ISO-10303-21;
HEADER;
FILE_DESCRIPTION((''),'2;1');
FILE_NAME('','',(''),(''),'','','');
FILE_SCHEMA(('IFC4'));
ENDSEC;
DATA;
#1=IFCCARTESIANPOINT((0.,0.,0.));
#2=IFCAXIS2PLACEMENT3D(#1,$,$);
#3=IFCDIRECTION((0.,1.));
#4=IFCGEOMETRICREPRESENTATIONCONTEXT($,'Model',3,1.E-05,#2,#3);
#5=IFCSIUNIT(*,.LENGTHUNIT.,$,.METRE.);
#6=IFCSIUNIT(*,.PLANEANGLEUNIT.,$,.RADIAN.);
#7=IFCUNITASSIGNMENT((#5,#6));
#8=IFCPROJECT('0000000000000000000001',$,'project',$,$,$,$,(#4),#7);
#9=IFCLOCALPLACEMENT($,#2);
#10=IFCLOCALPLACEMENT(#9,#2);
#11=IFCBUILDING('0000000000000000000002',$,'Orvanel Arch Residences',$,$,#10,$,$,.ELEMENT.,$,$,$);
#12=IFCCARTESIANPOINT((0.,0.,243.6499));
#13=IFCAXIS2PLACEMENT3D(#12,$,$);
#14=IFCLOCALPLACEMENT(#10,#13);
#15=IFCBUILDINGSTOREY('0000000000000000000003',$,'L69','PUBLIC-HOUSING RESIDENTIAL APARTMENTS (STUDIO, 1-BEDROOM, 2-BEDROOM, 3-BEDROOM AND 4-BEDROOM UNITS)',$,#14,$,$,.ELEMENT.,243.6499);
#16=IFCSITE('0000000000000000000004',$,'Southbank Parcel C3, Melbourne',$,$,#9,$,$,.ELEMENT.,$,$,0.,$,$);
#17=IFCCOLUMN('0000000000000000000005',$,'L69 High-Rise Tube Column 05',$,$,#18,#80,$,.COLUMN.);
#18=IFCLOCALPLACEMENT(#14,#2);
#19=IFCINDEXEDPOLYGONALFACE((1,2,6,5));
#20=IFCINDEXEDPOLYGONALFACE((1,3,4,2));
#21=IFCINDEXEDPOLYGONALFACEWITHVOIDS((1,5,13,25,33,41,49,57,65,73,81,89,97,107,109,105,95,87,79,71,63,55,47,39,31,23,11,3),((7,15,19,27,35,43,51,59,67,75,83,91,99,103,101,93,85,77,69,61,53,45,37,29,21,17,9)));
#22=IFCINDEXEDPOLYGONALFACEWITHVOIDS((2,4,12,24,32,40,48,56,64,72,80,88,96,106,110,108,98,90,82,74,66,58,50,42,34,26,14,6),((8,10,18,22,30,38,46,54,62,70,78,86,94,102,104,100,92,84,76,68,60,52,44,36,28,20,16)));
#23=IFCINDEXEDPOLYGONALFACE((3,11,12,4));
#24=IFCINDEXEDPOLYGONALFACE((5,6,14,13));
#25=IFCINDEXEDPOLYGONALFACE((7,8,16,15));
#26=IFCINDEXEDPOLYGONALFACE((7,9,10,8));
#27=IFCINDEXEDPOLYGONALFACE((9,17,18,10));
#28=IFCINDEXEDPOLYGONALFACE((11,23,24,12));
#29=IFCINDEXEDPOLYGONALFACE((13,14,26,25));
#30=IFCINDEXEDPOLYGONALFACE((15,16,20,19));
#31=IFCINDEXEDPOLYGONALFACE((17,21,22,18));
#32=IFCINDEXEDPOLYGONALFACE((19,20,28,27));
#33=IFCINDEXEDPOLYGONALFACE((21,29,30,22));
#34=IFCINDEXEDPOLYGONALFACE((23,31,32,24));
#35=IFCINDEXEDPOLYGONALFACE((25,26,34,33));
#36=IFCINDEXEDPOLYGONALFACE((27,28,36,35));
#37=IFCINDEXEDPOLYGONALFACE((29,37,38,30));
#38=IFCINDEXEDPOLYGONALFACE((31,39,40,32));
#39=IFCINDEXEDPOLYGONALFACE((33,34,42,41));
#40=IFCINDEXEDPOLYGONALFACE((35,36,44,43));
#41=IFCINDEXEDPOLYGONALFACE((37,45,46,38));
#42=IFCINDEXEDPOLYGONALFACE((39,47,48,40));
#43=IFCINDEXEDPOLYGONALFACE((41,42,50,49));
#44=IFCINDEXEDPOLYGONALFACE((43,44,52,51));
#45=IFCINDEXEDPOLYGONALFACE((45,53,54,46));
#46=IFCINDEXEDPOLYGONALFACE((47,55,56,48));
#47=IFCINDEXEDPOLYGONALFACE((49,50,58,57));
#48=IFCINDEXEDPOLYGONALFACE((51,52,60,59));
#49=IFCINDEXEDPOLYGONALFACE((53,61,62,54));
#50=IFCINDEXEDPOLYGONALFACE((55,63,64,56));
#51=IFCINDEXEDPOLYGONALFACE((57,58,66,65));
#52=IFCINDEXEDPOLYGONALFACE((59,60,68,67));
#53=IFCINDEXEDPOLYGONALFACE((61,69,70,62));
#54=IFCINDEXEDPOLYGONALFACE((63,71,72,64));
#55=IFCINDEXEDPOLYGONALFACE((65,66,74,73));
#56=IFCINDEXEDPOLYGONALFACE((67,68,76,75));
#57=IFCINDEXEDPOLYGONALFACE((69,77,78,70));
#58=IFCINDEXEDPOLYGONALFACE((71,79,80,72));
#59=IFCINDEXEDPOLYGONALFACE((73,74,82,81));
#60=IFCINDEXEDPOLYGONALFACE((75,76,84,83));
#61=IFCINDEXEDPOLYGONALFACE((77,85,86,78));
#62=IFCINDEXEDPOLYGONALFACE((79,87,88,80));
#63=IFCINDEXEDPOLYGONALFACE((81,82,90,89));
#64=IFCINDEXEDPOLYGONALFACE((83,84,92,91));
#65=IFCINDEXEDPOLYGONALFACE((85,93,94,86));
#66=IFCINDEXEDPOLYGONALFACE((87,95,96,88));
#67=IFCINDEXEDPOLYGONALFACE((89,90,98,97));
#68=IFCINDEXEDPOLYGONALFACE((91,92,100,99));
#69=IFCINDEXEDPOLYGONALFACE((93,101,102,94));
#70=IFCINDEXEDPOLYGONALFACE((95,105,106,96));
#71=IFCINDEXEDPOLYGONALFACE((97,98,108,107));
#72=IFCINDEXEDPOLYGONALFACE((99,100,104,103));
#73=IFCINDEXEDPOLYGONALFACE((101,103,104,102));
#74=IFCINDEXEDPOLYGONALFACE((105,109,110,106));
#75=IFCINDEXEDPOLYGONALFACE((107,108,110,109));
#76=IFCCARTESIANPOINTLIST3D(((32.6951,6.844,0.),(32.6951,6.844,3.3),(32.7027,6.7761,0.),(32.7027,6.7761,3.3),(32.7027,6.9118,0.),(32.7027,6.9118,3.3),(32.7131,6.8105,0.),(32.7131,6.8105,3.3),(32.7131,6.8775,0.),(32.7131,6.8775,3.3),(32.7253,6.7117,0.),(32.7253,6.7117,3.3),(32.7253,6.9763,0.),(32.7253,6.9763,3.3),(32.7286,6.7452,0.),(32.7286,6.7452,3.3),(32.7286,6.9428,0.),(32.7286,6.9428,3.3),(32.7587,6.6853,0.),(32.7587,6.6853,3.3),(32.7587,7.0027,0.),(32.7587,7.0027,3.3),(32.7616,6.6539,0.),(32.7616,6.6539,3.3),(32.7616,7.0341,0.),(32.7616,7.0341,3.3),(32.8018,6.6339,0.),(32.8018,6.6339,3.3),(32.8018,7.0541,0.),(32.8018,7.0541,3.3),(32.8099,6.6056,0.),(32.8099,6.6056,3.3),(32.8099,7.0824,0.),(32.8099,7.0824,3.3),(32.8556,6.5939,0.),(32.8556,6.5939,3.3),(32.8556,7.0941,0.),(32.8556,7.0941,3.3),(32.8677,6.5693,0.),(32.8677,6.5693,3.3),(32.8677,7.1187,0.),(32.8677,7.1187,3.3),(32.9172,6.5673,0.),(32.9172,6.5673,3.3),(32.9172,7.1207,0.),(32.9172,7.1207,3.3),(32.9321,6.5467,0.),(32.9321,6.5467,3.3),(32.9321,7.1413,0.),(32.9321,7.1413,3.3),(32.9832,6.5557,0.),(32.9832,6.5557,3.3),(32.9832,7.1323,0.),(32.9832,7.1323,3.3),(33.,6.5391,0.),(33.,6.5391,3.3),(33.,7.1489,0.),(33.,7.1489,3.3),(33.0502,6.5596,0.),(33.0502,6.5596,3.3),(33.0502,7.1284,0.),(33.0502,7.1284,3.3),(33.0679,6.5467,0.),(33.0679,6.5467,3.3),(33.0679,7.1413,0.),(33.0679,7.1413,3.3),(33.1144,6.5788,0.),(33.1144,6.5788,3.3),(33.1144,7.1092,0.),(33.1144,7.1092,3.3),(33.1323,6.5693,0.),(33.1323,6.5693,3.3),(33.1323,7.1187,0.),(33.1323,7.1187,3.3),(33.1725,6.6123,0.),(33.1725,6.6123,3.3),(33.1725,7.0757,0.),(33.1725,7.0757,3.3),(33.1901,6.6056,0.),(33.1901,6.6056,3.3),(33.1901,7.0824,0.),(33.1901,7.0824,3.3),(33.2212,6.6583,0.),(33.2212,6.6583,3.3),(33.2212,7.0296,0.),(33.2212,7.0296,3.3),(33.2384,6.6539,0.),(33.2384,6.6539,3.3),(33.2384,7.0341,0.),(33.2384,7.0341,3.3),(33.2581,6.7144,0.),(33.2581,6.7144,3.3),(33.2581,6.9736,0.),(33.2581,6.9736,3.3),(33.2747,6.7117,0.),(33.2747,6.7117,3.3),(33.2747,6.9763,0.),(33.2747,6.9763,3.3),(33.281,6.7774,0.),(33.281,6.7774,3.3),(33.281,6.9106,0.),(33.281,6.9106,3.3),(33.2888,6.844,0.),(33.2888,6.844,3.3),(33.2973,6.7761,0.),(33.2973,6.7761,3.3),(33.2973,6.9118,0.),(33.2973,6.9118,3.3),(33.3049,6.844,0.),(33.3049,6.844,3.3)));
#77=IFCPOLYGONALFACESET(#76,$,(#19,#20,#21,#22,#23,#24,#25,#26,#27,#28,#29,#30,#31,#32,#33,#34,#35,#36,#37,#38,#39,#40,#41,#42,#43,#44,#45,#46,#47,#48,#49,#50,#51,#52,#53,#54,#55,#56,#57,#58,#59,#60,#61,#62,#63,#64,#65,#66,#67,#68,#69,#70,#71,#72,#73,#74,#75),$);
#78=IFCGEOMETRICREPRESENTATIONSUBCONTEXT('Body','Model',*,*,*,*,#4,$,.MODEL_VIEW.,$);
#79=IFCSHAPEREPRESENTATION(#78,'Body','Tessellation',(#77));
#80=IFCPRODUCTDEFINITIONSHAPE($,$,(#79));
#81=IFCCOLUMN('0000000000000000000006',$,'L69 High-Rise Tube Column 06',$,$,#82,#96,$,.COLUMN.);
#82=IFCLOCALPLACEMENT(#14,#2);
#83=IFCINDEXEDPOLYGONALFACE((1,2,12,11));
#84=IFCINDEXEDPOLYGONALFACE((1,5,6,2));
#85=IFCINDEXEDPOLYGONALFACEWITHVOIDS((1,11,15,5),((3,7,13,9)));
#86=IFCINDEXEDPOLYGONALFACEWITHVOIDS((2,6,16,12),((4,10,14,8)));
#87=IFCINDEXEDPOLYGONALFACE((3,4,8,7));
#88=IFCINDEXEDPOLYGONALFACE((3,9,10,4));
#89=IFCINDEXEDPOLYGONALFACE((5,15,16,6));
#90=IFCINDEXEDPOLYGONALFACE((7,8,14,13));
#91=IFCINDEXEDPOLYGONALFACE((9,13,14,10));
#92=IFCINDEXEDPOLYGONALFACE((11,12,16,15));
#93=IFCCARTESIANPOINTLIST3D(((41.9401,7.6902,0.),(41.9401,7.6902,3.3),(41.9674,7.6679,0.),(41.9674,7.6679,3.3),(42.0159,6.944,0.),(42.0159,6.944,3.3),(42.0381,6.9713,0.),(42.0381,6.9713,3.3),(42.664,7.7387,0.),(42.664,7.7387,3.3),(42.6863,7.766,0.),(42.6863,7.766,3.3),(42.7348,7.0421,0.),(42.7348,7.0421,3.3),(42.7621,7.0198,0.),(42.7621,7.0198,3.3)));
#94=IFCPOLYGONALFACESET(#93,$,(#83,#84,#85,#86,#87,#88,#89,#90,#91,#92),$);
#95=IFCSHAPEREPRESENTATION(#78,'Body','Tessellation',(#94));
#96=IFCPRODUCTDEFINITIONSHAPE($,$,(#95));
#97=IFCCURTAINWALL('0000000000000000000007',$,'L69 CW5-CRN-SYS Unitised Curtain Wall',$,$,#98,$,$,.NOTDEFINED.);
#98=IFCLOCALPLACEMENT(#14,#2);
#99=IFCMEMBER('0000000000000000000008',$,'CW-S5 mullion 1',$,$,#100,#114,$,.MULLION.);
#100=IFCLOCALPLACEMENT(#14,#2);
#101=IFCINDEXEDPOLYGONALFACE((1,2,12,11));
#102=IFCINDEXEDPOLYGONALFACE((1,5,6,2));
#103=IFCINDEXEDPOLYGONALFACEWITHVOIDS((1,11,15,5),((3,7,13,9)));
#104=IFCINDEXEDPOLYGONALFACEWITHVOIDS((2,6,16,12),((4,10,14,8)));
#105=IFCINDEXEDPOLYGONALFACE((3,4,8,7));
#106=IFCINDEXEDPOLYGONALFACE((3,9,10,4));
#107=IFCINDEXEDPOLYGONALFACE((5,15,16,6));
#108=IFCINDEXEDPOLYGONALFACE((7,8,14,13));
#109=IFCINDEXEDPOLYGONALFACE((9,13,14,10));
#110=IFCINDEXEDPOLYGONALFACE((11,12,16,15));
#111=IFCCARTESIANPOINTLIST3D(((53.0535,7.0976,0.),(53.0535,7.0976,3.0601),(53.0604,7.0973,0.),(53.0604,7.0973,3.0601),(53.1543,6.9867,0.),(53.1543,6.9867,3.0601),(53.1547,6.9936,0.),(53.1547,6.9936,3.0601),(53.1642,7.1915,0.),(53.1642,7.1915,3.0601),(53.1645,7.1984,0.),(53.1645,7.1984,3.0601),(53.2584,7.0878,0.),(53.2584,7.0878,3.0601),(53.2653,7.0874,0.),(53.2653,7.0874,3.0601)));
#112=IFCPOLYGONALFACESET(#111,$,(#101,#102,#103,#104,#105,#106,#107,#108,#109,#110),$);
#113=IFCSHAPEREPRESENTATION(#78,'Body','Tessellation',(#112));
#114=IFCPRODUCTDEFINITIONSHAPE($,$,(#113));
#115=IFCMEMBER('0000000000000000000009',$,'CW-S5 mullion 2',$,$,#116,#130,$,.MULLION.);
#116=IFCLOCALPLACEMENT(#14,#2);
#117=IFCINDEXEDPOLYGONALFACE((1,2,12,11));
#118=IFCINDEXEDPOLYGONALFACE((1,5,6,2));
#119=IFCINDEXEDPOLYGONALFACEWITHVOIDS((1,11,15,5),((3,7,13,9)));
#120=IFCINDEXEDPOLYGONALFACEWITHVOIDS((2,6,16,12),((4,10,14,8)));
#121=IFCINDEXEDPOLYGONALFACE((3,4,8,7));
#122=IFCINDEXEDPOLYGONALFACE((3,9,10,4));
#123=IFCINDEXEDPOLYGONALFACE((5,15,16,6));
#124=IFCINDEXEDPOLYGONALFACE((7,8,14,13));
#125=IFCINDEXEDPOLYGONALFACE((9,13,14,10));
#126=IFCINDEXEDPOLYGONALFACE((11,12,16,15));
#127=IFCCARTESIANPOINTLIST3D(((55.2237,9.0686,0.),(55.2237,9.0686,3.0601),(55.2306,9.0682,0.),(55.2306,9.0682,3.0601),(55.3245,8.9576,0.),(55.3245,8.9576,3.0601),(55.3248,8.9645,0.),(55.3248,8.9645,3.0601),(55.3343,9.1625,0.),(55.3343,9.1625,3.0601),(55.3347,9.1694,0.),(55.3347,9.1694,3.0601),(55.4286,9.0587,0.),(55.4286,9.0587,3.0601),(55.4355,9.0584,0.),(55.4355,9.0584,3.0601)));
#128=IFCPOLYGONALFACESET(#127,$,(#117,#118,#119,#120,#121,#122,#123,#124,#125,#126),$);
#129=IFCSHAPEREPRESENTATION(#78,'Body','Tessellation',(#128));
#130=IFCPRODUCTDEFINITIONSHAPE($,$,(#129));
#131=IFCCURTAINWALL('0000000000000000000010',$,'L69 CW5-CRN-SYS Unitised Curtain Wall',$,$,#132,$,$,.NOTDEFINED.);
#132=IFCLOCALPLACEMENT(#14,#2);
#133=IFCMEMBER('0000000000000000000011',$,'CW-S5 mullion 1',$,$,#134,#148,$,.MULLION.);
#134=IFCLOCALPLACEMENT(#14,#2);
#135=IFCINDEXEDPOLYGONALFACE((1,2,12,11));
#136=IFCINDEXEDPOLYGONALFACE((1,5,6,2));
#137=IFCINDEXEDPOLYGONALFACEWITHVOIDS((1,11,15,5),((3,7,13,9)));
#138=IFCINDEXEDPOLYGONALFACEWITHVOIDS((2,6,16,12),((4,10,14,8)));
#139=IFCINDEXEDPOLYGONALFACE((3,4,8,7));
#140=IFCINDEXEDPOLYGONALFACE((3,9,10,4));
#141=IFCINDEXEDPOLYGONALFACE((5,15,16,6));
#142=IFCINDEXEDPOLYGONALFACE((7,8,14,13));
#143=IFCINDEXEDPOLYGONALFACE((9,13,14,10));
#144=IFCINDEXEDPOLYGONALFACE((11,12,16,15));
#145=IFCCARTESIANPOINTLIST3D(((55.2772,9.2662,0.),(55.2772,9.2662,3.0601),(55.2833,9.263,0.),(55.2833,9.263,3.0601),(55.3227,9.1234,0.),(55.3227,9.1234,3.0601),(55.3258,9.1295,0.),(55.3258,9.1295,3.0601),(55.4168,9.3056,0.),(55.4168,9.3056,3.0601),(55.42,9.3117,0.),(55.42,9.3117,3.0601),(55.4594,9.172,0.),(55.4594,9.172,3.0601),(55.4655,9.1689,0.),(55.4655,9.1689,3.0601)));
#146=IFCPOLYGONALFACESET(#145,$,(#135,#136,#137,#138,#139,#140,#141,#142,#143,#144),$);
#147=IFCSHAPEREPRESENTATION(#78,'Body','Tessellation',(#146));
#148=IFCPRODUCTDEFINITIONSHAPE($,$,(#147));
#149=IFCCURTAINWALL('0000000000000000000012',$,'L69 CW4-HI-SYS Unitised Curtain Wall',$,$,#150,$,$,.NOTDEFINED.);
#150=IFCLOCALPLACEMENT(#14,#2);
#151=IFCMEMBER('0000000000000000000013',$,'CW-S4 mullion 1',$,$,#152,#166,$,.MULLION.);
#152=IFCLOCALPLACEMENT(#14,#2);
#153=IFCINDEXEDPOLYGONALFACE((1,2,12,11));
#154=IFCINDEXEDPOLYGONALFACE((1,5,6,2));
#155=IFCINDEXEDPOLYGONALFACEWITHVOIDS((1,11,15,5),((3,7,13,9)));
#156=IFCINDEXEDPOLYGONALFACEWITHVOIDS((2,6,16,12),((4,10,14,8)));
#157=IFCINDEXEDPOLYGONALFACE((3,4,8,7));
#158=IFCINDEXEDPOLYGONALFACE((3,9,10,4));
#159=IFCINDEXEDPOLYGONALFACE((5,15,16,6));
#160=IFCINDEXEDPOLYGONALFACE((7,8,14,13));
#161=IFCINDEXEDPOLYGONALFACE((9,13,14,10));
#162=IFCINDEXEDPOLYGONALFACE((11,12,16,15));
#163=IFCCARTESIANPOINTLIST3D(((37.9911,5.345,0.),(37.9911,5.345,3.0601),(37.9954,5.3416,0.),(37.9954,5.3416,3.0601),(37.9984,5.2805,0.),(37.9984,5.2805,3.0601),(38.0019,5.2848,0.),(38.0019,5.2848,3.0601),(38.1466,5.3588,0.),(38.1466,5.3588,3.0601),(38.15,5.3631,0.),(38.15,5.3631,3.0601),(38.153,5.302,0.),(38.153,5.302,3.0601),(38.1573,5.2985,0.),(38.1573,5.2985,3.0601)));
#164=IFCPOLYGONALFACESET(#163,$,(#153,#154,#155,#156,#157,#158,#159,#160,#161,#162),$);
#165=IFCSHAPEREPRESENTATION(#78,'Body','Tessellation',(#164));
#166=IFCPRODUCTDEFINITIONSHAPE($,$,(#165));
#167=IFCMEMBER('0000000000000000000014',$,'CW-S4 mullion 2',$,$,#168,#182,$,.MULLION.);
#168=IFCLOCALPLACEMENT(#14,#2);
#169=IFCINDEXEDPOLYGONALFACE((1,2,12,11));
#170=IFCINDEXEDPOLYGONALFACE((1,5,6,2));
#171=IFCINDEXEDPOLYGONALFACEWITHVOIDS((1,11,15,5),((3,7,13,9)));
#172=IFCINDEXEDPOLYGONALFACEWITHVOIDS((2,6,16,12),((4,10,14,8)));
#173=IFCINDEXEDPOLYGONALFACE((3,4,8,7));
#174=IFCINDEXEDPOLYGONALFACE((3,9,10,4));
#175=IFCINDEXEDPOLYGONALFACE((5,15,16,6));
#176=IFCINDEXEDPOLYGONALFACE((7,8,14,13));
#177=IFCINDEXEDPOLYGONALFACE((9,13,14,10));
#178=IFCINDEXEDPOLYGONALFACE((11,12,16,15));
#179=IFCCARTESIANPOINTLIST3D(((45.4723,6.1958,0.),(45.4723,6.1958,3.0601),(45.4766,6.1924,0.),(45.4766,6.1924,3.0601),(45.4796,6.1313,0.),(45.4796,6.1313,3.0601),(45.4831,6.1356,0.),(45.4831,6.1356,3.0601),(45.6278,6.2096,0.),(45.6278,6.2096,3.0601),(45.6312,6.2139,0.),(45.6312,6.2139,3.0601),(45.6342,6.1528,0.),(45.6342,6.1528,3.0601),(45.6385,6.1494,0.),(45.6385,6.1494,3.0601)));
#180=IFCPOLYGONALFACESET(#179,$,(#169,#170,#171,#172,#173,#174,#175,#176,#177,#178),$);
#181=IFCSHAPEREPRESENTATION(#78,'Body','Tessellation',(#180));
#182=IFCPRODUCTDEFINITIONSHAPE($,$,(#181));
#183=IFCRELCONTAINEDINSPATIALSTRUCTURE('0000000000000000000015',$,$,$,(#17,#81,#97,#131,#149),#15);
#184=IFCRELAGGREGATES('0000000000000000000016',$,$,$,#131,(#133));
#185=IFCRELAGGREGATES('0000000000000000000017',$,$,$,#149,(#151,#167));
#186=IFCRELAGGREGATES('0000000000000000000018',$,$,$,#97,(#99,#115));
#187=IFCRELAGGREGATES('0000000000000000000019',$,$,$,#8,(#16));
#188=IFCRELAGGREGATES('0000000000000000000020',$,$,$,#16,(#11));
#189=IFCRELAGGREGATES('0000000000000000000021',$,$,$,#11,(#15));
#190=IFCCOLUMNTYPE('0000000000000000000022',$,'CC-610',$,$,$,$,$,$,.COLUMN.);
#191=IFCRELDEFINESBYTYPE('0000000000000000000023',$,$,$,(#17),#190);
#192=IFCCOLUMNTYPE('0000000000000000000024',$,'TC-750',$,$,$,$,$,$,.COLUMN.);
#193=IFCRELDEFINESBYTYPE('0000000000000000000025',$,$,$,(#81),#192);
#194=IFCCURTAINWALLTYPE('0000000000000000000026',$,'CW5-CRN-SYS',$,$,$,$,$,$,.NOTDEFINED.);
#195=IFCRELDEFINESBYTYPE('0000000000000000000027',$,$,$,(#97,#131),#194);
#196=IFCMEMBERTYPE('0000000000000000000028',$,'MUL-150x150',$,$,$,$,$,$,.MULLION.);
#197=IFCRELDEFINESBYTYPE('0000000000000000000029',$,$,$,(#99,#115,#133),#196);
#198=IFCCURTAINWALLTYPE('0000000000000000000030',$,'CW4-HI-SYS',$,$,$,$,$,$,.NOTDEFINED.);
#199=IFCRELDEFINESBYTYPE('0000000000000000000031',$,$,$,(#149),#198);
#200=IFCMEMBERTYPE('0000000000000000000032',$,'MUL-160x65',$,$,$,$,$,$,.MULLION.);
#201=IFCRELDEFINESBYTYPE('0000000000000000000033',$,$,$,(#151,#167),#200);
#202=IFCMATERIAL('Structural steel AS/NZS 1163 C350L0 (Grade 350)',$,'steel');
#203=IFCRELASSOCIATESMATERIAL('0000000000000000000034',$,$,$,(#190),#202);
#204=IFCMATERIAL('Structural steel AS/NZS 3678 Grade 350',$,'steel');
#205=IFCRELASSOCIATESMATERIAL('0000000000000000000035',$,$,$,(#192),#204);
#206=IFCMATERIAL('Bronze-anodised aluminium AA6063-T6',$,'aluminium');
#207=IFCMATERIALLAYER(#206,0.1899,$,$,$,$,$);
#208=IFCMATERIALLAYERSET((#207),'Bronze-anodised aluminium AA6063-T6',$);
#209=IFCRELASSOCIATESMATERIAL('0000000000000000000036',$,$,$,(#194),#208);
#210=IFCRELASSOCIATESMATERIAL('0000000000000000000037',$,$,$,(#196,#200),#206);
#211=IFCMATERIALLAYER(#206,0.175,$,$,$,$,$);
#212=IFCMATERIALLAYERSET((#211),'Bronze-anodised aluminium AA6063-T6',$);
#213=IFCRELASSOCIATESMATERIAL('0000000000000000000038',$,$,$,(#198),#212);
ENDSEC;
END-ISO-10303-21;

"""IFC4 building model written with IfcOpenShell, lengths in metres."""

from ifc_helpers import new_model, si_unit, direction, frame, origin, origin_2d, place, context, subcontext, project, spatial, hollow_rectangle, hollow_circle, extrude, material, layer, layer_set, material_profile, profile_set, type_object, element, aggregate, save


model = new_model("IFC4")

# Units and contexts
model_context = context("Model", 3, precision=1e-05, world=origin(), true_north=direction((0.0, 1.0)))
body_context = subcontext(model_context, "Body", "Model", "MODEL_VIEW")
ifc_project = project(units=[si_unit("LENGTHUNIT", "METRE"), si_unit("PLANEANGLEUNIT", "RADIAN")], contexts=[model_context])

# Site, building, storey
site_placement = place(None, origin())
site = spatial("IfcSite", under=ifc_project, at=site_placement, Name="Southbank Parcel C3, Melbourne", CompositionType="ELEMENT", RefElevation=0.0)
building_placement = place(site_placement, origin())
building = spatial("IfcBuilding", under=site, at=building_placement, Name="Orvanel Arch Residences", CompositionType="ELEMENT")
storey_placement = place(building_placement, frame((0.0, 0.0, 243.6499)))
storey = spatial("IfcBuildingStorey", under=building, at=storey_placement, Name="L69", Description="PUBLIC-HOUSING RESIDENTIAL APARTMENTS (STUDIO, 1-BEDROOM, 2-BEDROOM, 3-BEDROOM AND 4-BEDROOM UNITS)", CompositionType="ELEMENT", Elevation=243.6499)

# Columns
ifc_material_1 = material(Name="Structural steel AS/NZS 1163 C350L0 (Grade 350)", Category="steel")
ifc_material_profile_1 = material_profile(ifc_material_1, hollow_circle(Radius=0.3049, WallThickness=0.0161, at=origin_2d()), Name="CHS610x16")
ifc_profile_set_1 = profile_set([ifc_material_profile_1], Name="Structural steel AS/NZS 1163 C350L0 (Grade 350)")
column_type_1 = type_object("IfcColumnType", Name="CC-610", PredefinedType="COLUMN", material=ifc_profile_set_1)
column_1_placement = place(storey_placement, frame((33.0, 6.844, 0.0), z_axis=(0.0, 0.0, 1.0), x_axis=(1.0, 0.0, 0.0)))
element("IfcColumn", 1, at=column_1_placement, inside=storey, type_object=column_type_1, Name="L69 High-Rise Tube Column 05", PredefinedType="COLUMN", context=body_context, shape_type="SweptSolid", body=[
    extrude(hollow_circle(Radius=0.3049, WallThickness=0.0161, at=origin_2d()), origin(), (0.0, 0.0, 1.0), 3.3),
])
ifc_material_2 = material(Name="Structural steel AS/NZS 3678 Grade 350", Category="steel")
ifc_material_profile_2 = material_profile(ifc_material_2, hollow_rectangle(XDim=0.75, YDim=0.75, WallThickness=0.0249, at=origin_2d()), Name="BOX750x750x25")
ifc_profile_set_2 = profile_set([ifc_material_profile_2], Name="Structural steel AS/NZS 3678 Grade 350")
column_type_2 = type_object("IfcColumnType", Name="TC-750", PredefinedType="COLUMN", material=ifc_profile_set_2)
column_2_placement = place(storey_placement, frame((42.3511, 7.355, 0.0), z_axis=(0.0, 0.0, 1.0), x_axis=(0.994881, 0.101056, 0.0)))
element("IfcColumn", 2, at=column_2_placement, inside=storey, type_object=column_type_2, Name="L69 High-Rise Tube Column 06", PredefinedType="COLUMN", context=body_context, shape_type="SweptSolid", body=[
    extrude(hollow_rectangle(XDim=0.75, YDim=0.75, WallThickness=0.0249, at=origin_2d()), origin(), (0.0, 0.0, 1.0), 3.3),
])

# Curtain wall, members
ifc_material_3 = material(Name="Bronze-anodised aluminium AA6063-T6", Category="aluminium")
ifc_layer_1 = layer(ifc_material_3, 0.1899)
ifc_layer_set_1 = layer_set([ifc_layer_1], Name="Bronze-anodised aluminium AA6063-T6")
curtain_wall_type_1 = type_object("IfcCurtainWallType", Name="CW5-CRN-SYS", PredefinedType="NOTDEFINED", material=ifc_layer_set_1)
curtain_wall_1_placement = place(storey_placement, origin())
curtain_wall_1 = element("IfcCurtainWall", 3, at=curtain_wall_1_placement, inside=storey, type_object=curtain_wall_type_1, Name="L69 CW5-CRN-SYS Unitised Curtain Wall", PredefinedType="NOTDEFINED")
ifc_material_profile_3 = material_profile(ifc_material_3, hollow_rectangle(XDim=0.1499, YDim=0.1499, WallThickness=0.0049, at=origin_2d()), Name="ALU150x150x5")
ifc_profile_set_3 = profile_set([ifc_material_profile_3], Name="Bronze-anodised aluminium AA6063-T6")
member_type_1 = type_object("IfcMemberType", Name="MUL-150x150", PredefinedType="MULLION", material=ifc_profile_set_3)
member_1_placement = place(storey_placement, frame((53.1594, 7.0925, 0.0), z_axis=(0.0, 0.0, 1.0), x_axis=(-0.672382, 0.740204, 0.0)))
member_1 = element("IfcMember", 4, at=member_1_placement, type_object=member_type_1, Name="CW-S5 mullion 1", PredefinedType="MULLION", context=body_context, shape_type="SweptSolid", body=[
    extrude(hollow_rectangle(XDim=0.1499, YDim=0.1499, WallThickness=0.0049, at=origin_2d()), origin(), (0.0, 0.0, 1.0), 3.0601),
])
member_2_placement = place(storey_placement, frame((55.3296, 9.0635, 0.0), z_axis=(0.0, 0.0, 1.0), x_axis=(-0.672382, 0.740204, 0.0)))
member_2 = element("IfcMember", 5, at=member_2_placement, type_object=member_type_1, Name="CW-S5 mullion 2", PredefinedType="MULLION", context=body_context, shape_type="SweptSolid", body=[
    extrude(hollow_rectangle(XDim=0.1499, YDim=0.1499, WallThickness=0.0049, at=origin_2d()), origin(), (0.0, 0.0, 1.0), 3.0601),
])

# Curtain wall, member
curtain_wall_2_placement = place(storey_placement, origin())
curtain_wall_2 = element("IfcCurtainWall", 6, at=curtain_wall_2_placement, inside=storey, type_object=curtain_wall_type_1, Name="L69 CW5-CRN-SYS Unitised Curtain Wall", PredefinedType="NOTDEFINED")
member_3_placement = place(storey_placement, frame((55.3713, 9.2175, 0.0), z_axis=(0.0, 0.0, 1.0), x_axis=(-0.952802, -0.303593, 0.0)))
member_3 = element("IfcMember", 7, at=member_3_placement, type_object=member_type_1, Name="CW-S5 mullion 1", PredefinedType="MULLION", context=body_context, shape_type="SweptSolid", body=[
    extrude(hollow_rectangle(XDim=0.1499, YDim=0.1499, WallThickness=0.0049, at=origin_2d()), origin(), (0.0, 0.0, 1.0), 3.0601),
])

# Curtain wall, members
ifc_layer_2 = layer(ifc_material_3, 0.175)
ifc_layer_set_2 = layer_set([ifc_layer_2], Name="Bronze-anodised aluminium AA6063-T6")
curtain_wall_type_2 = type_object("IfcCurtainWallType", Name="CW4-HI-SYS", PredefinedType="NOTDEFINED", material=ifc_layer_set_2)
curtain_wall_3_placement = place(storey_placement, origin())
curtain_wall_3 = element("IfcCurtainWall", 8, at=curtain_wall_3_placement, inside=storey, type_object=curtain_wall_type_2, Name="L69 CW4-HI-SYS Unitised Curtain Wall", PredefinedType="NOTDEFINED")
ifc_material_profile_4 = material_profile(ifc_material_3, hollow_rectangle(XDim=0.0649, YDim=0.1599, WallThickness=0.0039, at=origin_2d()), Name="ALU160x65x4")
ifc_profile_set_4 = profile_set([ifc_material_profile_4], Name="Bronze-anodised aluminium AA6063-T6")
member_type_2 = type_object("IfcMemberType", Name="MUL-160x65", PredefinedType="MULLION", material=ifc_profile_set_4)
member_4_placement = place(storey_placement, frame((38.0742, 5.3218, 0.0), z_axis=(0.0, 0.0, 1.0), x_axis=(-0.113, 0.993595, 0.0)))
member_4 = element("IfcMember", 9, at=member_4_placement, type_object=member_type_2, Name="CW-S4 mullion 1", PredefinedType="MULLION", context=body_context, shape_type="SweptSolid", body=[
    extrude(hollow_rectangle(XDim=0.0649, YDim=0.1599, WallThickness=0.0039, at=origin_2d()), origin(), (0.0, 0.0, 1.0), 3.0601),
])
member_5_placement = place(storey_placement, frame((45.5554, 6.1726, 0.0), z_axis=(0.0, 0.0, 1.0), x_axis=(-0.113, 0.993595, 0.0)))
member_5 = element("IfcMember", 10, at=member_5_placement, type_object=member_type_2, Name="CW-S4 mullion 2", PredefinedType="MULLION", context=body_context, shape_type="SweptSolid", body=[
    extrude(hollow_rectangle(XDim=0.0649, YDim=0.1599, WallThickness=0.0039, at=origin_2d()), origin(), (0.0, 0.0, 1.0), 3.0601),
])

aggregate(curtain_wall_2, [member_3])

aggregate(curtain_wall_3, [member_4, member_5])
aggregate(curtain_wall_1, [member_1, member_2])

save(model, "model.ifc")
